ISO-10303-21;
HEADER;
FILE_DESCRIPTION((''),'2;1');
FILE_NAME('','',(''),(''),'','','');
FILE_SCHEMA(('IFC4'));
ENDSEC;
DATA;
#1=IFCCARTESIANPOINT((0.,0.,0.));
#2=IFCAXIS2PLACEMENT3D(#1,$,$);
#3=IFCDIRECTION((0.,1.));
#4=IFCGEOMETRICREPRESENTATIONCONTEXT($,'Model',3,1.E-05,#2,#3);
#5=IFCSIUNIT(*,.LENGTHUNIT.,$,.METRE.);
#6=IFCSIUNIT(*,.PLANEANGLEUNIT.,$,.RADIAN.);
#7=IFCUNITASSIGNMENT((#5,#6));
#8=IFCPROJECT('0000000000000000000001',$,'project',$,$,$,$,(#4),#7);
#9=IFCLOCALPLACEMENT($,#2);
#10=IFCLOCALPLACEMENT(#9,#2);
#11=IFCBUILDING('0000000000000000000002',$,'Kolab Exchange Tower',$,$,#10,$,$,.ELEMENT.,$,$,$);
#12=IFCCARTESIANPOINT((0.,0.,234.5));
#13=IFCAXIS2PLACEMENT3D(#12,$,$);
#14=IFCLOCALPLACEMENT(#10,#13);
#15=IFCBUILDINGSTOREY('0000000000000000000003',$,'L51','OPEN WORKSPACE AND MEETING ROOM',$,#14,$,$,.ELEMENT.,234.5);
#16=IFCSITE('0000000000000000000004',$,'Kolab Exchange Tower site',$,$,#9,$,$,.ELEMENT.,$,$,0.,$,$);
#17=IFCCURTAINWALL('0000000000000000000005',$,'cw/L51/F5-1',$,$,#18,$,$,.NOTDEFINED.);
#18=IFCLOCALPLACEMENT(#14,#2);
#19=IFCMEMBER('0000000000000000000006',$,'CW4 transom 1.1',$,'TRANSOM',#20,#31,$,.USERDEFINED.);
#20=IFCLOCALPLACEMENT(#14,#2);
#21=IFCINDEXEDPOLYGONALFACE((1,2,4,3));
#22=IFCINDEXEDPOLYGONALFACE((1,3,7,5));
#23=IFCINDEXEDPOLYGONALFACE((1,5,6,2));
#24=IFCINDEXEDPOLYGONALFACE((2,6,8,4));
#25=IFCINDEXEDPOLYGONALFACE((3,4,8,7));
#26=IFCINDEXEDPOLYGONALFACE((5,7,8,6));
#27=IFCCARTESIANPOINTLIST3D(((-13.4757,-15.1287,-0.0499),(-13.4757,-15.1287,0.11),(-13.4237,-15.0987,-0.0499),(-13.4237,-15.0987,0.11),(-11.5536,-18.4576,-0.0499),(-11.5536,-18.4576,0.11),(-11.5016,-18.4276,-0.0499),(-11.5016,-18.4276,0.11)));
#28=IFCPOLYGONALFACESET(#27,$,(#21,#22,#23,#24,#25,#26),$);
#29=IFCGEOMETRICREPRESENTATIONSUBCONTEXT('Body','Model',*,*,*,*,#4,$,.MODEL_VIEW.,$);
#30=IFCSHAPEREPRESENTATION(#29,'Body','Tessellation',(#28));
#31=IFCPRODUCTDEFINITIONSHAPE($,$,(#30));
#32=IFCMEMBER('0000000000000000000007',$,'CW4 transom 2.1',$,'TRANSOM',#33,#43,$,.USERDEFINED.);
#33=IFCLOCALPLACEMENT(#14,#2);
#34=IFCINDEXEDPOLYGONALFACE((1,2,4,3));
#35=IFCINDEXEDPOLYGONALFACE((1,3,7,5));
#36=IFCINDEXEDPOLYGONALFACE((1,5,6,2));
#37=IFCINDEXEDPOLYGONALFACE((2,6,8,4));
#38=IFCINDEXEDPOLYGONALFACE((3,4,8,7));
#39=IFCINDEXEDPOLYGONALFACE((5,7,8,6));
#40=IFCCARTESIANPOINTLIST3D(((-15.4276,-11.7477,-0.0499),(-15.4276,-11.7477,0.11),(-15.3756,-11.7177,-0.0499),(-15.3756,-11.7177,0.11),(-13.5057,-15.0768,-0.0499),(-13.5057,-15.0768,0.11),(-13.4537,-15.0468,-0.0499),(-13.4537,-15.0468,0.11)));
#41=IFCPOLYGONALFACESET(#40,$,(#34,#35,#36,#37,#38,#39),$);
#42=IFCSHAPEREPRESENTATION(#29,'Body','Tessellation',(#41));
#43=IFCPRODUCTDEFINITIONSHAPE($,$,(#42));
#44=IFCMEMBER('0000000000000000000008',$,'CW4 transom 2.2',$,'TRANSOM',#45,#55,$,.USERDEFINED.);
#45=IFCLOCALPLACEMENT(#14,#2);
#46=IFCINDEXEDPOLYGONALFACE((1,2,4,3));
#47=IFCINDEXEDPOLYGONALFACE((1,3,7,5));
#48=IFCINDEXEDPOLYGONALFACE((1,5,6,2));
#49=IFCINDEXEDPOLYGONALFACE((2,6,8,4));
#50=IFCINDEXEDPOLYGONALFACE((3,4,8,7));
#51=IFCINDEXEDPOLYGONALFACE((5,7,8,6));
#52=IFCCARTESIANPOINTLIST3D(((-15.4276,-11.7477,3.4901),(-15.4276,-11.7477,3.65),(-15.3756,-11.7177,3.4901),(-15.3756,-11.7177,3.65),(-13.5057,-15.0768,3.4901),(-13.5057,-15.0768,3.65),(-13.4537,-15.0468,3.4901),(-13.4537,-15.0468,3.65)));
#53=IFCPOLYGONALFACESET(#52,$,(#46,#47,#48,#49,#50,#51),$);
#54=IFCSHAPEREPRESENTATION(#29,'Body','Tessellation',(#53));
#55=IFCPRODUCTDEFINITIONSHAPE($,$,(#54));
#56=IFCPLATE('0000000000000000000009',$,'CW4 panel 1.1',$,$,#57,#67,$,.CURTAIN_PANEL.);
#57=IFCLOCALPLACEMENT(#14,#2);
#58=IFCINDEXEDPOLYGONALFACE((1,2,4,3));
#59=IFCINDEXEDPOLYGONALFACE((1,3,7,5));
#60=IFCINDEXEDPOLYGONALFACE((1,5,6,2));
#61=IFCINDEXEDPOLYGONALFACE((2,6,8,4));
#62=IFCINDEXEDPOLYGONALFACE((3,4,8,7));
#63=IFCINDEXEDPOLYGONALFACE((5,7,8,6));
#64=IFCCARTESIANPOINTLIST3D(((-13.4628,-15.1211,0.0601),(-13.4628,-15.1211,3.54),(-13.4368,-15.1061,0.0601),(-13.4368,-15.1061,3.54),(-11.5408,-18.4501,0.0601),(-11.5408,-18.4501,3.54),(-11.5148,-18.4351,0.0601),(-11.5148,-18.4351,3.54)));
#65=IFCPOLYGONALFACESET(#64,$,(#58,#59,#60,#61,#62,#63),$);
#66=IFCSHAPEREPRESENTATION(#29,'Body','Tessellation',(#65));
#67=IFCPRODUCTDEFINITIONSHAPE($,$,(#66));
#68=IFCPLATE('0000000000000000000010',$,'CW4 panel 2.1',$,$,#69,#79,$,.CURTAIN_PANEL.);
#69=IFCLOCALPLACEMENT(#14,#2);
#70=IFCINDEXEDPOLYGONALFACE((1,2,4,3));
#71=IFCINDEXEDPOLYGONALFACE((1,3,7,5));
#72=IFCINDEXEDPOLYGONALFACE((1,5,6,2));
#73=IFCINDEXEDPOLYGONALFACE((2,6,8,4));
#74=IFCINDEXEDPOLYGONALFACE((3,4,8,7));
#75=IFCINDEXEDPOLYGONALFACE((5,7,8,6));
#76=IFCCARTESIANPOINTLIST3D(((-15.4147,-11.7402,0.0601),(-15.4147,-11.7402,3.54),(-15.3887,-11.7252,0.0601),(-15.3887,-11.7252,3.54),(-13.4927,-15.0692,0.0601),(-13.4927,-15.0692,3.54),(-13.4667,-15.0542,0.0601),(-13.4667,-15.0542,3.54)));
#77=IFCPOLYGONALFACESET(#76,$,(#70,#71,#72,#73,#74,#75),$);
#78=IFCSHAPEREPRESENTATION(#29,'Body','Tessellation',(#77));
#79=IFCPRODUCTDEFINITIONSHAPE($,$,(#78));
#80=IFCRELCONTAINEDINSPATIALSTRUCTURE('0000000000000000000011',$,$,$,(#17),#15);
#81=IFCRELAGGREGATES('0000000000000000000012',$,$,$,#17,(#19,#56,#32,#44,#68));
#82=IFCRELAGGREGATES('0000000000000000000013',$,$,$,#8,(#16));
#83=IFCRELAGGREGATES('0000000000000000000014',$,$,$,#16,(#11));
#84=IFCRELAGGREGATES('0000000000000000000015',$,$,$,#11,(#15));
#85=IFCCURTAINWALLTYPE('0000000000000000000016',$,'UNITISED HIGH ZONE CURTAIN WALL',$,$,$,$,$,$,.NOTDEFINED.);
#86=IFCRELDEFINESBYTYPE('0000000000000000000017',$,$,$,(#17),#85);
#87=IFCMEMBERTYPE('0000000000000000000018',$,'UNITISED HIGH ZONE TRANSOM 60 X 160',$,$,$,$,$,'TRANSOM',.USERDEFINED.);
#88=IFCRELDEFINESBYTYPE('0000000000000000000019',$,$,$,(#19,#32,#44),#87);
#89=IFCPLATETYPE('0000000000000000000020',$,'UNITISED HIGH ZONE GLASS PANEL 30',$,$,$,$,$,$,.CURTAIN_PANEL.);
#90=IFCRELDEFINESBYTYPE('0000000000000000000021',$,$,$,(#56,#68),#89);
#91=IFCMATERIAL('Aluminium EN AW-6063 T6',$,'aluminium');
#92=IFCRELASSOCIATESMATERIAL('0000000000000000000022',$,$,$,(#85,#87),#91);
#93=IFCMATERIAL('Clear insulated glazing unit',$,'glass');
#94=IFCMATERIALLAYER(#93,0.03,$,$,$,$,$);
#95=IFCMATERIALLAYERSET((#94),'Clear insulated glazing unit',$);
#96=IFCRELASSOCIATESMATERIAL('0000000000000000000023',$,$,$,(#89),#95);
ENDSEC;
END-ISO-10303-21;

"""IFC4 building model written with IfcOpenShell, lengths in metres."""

from ifc_helpers import new_model, si_unit, direction, frame, origin, origin_2d, place, context, subcontext, project, spatial, rectangle, extrude, material, layer, layer_set, material_profile, profile_set, type_object, element, aggregate, save


model = new_model("IFC4")

# Units and contexts
model_context = context("Model", 3, precision=1e-05, world=origin(), true_north=direction((0.0, 1.0)))
body_context = subcontext(model_context, "Body", "Model", "MODEL_VIEW")
ifc_project = project(units=[si_unit("LENGTHUNIT", "METRE"), si_unit("PLANEANGLEUNIT", "RADIAN")], contexts=[model_context])

# Site, building, storey
site_placement = place(None, origin())
site = spatial("IfcSite", under=ifc_project, at=site_placement, Name="Kolab Exchange Tower site", CompositionType="ELEMENT", RefElevation=0.0)
building_placement = place(site_placement, origin())
building = spatial("IfcBuilding", under=site, at=building_placement, Name="Kolab Exchange Tower", CompositionType="ELEMENT")
storey_placement = place(building_placement, frame((0.0, 0.0, 234.5)))
storey = spatial("IfcBuildingStorey", under=building, at=storey_placement, Name="L51", Description="OPEN WORKSPACE AND MEETING ROOM", CompositionType="ELEMENT", Elevation=234.5)

# Curtain wall, members, plates
ifc_material_1 = material(Name="Aluminium EN AW-6063 T6", Category="aluminium")
curtain_wall_type = type_object("IfcCurtainWallType", Name="UNITISED HIGH ZONE CURTAIN WALL", PredefinedType="NOTDEFINED", material=ifc_material_1)
curtain_wall_placement = place(storey_placement, origin())
curtain_wall = element("IfcCurtainWall", 1, at=curtain_wall_placement, inside=storey, type_object=curtain_wall_type, Name="cw/L51/F5-1", PredefinedType="NOTDEFINED")
ifc_material_profile_1 = material_profile(ifc_material_1, rectangle(XDim=0.0601, YDim=0.1599, at=origin_2d()), Name="RECT 60X160")
ifc_profile_set_1 = profile_set([ifc_material_profile_1], Name="Aluminium EN AW-6063 T6")
member_type_1 = type_object("IfcMemberType", Name="UNITISED HIGH ZONE TRANSOM 60 X 160", ElementType="TRANSOM", PredefinedType="USERDEFINED", material=ifc_profile_set_1)
member_1_placement = place(storey_placement, frame((-11.5276, -18.4426, 0.03), z_axis=(-0.500039, 0.866003, 0.0), x_axis=(-0.866003, -0.500039, 0.0)))
member_1 = element("IfcMember", 2, at=member_1_placement, type_object=member_type_1, Name="CW4 transom 1.1", ObjectType="TRANSOM", PredefinedType="USERDEFINED", context=body_context, shape_type="SweptSolid", body=[
    extrude(rectangle(XDim=0.0601, YDim=0.1599, at=origin_2d()), origin(), (0.0, 0.0, 1.0), 3.844),
])
member_2_placement = place(storey_placement, frame((-13.4797, -15.0618, 0.03), z_axis=(-0.499964, 0.866046, 0.0), x_axis=(-0.866046, -0.499964, 0.0)))
member_2 = element("IfcMember", 3, at=member_2_placement, type_object=member_type_1, Name="CW4 transom 2.1", ObjectType="TRANSOM", PredefinedType="USERDEFINED", context=body_context, shape_type="SweptSolid", body=[
    extrude(rectangle(XDim=0.0601, YDim=0.1599, at=origin_2d()), origin(), (0.0, 0.0, 1.0), 3.844),
])
member_3_placement = place(storey_placement, frame((-13.4797, -15.0618, 3.5701), z_axis=(-0.499964, 0.866046, 0.0), x_axis=(-0.866046, -0.499964, 0.0)))
member_3 = element("IfcMember", 4, at=member_3_placement, type_object=member_type_1, Name="CW4 transom 2.2", ObjectType="TRANSOM", PredefinedType="USERDEFINED", context=body_context, shape_type="SweptSolid", body=[
    extrude(rectangle(XDim=0.0601, YDim=0.1599, at=origin_2d()), origin(), (0.0, 0.0, 1.0), 3.844),
])
ifc_material_2 = material(Name="Clear insulated glazing unit", Category="glass")
ifc_layer_1 = layer(ifc_material_2, 0.03)
ifc_layer_set_1 = layer_set([ifc_layer_1], Name="Clear insulated glazing unit")
plate_type = type_object("IfcPlateType", Name="UNITISED HIGH ZONE GLASS PANEL 30", PredefinedType="CURTAIN_PANEL", material=ifc_layer_set_1)
plate_1_placement = place(storey_placement, frame((-12.4888, -16.7781, 0.0601), z_axis=(0.0, 0.0, 1.0), x_axis=(-0.5, 0.866025, 0.0)))
plate_1 = element("IfcPlate", 5, at=plate_1_placement, type_object=plate_type, Name="CW4 panel 1.1", PredefinedType="CURTAIN_PANEL", context=body_context, shape_type="SweptSolid", body=[
    extrude(rectangle(XDim=3.844, YDim=0.03, at=origin_2d()), origin(), (0.0, 0.0, 1.0), 3.48),
])
plate_2_placement = place(storey_placement, frame((-14.4407, -13.3972, 0.0601), z_axis=(0.0, 0.0, 1.0), x_axis=(-0.5, 0.866025, 0.0)))
plate_2 = element("IfcPlate", 6, at=plate_2_placement, type_object=plate_type, Name="CW4 panel 2.1", PredefinedType="CURTAIN_PANEL", context=body_context, shape_type="SweptSolid", body=[
    extrude(rectangle(XDim=3.844, YDim=0.03, at=origin_2d()), origin(), (0.0, 0.0, 1.0), 3.48),
])
aggregate(curtain_wall, [member_1, plate_1, member_2, member_3, plate_2])

save(model, "model.ifc")
